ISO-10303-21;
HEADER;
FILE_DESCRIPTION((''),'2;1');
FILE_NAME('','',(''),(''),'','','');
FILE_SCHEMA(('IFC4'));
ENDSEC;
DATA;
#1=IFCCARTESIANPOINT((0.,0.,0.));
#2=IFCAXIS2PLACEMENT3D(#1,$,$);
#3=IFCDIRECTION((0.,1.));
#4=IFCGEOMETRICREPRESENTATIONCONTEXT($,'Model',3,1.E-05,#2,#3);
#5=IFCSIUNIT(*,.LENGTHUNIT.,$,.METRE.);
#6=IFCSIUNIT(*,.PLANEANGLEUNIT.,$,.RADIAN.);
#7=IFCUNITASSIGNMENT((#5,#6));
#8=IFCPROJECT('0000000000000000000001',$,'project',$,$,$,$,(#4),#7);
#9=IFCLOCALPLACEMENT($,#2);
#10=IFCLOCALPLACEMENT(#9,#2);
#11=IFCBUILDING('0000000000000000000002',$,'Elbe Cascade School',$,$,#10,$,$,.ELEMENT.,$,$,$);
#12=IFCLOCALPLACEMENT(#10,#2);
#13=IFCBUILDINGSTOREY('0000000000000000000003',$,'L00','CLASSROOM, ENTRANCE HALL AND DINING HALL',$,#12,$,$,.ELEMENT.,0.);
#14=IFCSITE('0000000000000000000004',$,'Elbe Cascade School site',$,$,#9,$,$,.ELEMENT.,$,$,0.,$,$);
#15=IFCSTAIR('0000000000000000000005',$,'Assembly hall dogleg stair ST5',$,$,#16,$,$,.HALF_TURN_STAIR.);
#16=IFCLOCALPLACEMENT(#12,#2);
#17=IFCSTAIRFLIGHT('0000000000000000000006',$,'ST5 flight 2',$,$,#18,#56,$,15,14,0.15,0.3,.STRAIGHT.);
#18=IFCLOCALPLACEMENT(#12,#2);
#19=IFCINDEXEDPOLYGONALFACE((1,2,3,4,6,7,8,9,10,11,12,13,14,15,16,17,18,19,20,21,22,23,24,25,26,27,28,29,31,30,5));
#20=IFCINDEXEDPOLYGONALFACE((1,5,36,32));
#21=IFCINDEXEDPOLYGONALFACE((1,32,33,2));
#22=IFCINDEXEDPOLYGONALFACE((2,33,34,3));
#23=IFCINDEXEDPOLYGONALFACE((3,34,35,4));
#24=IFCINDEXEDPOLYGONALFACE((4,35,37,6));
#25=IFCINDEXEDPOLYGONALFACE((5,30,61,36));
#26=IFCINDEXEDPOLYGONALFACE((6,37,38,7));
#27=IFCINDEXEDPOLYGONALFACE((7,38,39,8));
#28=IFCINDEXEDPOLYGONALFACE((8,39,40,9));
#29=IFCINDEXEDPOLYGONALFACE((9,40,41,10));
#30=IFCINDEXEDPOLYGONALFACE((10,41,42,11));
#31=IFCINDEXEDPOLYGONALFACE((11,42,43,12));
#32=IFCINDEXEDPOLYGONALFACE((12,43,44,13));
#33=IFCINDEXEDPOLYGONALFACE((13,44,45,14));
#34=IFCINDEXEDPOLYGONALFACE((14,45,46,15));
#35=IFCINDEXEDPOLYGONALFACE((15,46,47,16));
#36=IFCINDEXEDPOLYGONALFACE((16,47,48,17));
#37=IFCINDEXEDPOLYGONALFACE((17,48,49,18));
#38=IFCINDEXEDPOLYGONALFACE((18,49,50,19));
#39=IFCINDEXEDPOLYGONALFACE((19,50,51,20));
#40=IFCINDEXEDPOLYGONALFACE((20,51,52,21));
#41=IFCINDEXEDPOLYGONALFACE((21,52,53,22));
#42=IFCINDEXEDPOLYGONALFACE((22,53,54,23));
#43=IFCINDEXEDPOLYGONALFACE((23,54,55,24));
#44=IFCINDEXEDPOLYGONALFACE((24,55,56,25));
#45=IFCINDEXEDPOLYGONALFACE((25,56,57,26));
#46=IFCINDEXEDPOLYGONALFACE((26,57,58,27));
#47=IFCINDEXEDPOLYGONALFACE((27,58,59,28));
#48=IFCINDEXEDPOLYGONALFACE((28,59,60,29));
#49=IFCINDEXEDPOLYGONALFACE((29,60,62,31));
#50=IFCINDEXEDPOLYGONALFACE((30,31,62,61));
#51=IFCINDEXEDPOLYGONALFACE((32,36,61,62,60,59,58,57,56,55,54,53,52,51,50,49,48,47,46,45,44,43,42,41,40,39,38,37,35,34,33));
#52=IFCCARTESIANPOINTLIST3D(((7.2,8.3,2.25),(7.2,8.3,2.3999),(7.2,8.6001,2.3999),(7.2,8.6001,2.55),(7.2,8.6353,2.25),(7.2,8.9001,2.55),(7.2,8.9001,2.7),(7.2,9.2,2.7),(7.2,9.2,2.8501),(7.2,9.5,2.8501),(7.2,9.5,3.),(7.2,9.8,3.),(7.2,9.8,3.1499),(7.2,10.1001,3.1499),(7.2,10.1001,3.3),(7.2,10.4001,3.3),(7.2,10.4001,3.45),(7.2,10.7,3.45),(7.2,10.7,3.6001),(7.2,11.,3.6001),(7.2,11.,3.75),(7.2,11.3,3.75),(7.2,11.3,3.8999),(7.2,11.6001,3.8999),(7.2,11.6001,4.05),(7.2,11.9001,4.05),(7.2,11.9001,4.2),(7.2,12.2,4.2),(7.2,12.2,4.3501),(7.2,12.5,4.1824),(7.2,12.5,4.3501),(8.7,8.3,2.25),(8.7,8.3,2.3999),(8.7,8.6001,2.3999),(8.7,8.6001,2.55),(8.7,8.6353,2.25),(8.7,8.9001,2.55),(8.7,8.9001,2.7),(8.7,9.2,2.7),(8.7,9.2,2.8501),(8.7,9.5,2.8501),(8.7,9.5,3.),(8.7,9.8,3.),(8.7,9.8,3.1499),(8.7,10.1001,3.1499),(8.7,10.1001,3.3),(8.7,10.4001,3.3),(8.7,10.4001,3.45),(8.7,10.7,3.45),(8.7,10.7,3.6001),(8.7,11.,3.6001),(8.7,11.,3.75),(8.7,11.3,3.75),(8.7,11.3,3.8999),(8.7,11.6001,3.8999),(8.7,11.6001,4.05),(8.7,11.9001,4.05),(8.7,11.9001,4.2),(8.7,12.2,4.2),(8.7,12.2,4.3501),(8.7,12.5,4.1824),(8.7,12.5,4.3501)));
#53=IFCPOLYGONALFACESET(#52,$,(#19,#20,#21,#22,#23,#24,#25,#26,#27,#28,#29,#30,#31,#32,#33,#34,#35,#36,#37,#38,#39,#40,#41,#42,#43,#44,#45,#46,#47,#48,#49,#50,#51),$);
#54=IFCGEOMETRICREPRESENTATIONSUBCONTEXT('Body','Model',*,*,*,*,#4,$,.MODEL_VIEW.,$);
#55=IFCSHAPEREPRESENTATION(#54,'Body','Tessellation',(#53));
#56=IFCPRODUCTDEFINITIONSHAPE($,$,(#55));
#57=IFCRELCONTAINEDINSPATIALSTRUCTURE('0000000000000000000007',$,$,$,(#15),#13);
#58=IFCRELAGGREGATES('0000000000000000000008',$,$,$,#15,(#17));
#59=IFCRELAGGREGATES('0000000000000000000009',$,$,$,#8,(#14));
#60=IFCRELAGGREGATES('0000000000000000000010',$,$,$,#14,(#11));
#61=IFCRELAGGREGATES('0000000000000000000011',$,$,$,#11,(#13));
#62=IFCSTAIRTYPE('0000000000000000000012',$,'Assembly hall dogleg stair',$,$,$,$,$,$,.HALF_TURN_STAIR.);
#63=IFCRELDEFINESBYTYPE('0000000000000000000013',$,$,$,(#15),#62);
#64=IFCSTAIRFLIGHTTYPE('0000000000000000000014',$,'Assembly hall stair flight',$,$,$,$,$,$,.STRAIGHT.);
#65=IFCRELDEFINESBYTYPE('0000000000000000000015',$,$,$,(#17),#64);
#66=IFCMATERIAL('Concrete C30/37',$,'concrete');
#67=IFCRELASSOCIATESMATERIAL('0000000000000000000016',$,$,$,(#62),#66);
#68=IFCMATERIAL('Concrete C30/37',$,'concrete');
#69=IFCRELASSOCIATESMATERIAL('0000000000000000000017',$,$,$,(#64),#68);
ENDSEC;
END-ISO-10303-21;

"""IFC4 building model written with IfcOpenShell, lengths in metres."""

from ifc_helpers import new_model, si_unit, direction, frame, origin, place, context, subcontext, project, spatial, polyline, outline, extrude, material, type_object, element, aggregate, save


model = new_model("IFC4")

# Units and contexts
model_context = context("Model", 3, precision=1e-05, world=origin(), true_north=direction((0.0, 1.0)))
body_context = subcontext(model_context, "Body", "Model", "MODEL_VIEW")
ifc_project = project(units=[si_unit("LENGTHUNIT", "METRE"), si_unit("PLANEANGLEUNIT", "RADIAN")], contexts=[model_context])

# Site, building, storey
site_placement = place(None, origin())
site = spatial("IfcSite", under=ifc_project, at=site_placement, Name="Elbe Cascade School site", CompositionType="ELEMENT", RefElevation=0.0)
building_placement = place(site_placement, origin())
building = spatial("IfcBuilding", under=site, at=building_placement, Name="Elbe Cascade School", CompositionType="ELEMENT")
storey_placement = place(building_placement, origin())
storey = spatial("IfcBuildingStorey", under=building, at=storey_placement, Name="L00", Description="CLASSROOM, ENTRANCE HALL AND DINING HALL", CompositionType="ELEMENT", Elevation=0.0)

# Stair, stair flight
ifc_material_1 = material(Name="Concrete C30/37", Category="concrete")
stair_type = type_object("IfcStairType", Name="Assembly hall dogleg stair", PredefinedType="HALF_TURN_STAIR", material=ifc_material_1)
stair_placement = place(storey_placement, origin())
stair = element("IfcStair", 1, at=stair_placement, inside=storey, type_object=stair_type, Name="Assembly hall dogleg stair ST5", PredefinedType="HALF_TURN_STAIR")
ifc_material_2 = material(Name="Concrete C30/37", Category="concrete")
stair_flight_type = type_object("IfcStairFlightType", Name="Assembly hall stair flight", PredefinedType="STRAIGHT", material=ifc_material_2)
stair_flight_1_placement = place(storey_placement, frame((7.95, 8.3, 2.25), z_axis=(0.0, 0.0, 1.0), x_axis=(0.0, 1.0, 0.0)))
stair_flight_1 = element("IfcStairFlight", 2, at=stair_flight_1_placement, type_object=stair_flight_type, Name="ST5 flight 2", NumberOfRisers=15, NumberOfTreads=14, PredefinedType="STRAIGHT", RiserHeight=0.15, TreadLength=0.3, context=body_context, shape_type="SweptSolid", body=[
    extrude(outline(polyline([(0.0, 0.0), (0.0, 0.1499), (0.3, 0.1499), (0.3, 0.3), (0.6001, 0.3), (0.6001, 0.45), (0.8999, 0.45), (0.8999, 0.6001), (1.2, 0.6001), (1.2, 0.75), (1.5, 0.75), (1.5, 0.8999), (1.8, 0.8999), (1.8, 1.05), (2.1001, 1.05), (2.1001, 1.2), (2.3999, 1.2), (2.3999, 1.3501), (2.7, 1.3501), (2.7, 1.5), (3.0, 1.5), (3.0, 1.6499), (3.3, 1.6499), (3.3, 1.8), (3.6001, 1.8), (3.6001, 1.95), (3.8999, 1.95), (3.8999, 2.1001), (4.2, 2.1001), (4.2, 2.25), (4.2, 1.9324), (0.3352, 0.0), (0.0, 0.0)])), frame((0.0, 0.75, 0.0), z_axis=(0.0, -1.0, 0.0), x_axis=(1.0, 0.0, 0.0)), (0.0, 0.0, 1.0), 1.5),
])
aggregate(stair, [stair_flight_1])

save(model, "model.ifc")
